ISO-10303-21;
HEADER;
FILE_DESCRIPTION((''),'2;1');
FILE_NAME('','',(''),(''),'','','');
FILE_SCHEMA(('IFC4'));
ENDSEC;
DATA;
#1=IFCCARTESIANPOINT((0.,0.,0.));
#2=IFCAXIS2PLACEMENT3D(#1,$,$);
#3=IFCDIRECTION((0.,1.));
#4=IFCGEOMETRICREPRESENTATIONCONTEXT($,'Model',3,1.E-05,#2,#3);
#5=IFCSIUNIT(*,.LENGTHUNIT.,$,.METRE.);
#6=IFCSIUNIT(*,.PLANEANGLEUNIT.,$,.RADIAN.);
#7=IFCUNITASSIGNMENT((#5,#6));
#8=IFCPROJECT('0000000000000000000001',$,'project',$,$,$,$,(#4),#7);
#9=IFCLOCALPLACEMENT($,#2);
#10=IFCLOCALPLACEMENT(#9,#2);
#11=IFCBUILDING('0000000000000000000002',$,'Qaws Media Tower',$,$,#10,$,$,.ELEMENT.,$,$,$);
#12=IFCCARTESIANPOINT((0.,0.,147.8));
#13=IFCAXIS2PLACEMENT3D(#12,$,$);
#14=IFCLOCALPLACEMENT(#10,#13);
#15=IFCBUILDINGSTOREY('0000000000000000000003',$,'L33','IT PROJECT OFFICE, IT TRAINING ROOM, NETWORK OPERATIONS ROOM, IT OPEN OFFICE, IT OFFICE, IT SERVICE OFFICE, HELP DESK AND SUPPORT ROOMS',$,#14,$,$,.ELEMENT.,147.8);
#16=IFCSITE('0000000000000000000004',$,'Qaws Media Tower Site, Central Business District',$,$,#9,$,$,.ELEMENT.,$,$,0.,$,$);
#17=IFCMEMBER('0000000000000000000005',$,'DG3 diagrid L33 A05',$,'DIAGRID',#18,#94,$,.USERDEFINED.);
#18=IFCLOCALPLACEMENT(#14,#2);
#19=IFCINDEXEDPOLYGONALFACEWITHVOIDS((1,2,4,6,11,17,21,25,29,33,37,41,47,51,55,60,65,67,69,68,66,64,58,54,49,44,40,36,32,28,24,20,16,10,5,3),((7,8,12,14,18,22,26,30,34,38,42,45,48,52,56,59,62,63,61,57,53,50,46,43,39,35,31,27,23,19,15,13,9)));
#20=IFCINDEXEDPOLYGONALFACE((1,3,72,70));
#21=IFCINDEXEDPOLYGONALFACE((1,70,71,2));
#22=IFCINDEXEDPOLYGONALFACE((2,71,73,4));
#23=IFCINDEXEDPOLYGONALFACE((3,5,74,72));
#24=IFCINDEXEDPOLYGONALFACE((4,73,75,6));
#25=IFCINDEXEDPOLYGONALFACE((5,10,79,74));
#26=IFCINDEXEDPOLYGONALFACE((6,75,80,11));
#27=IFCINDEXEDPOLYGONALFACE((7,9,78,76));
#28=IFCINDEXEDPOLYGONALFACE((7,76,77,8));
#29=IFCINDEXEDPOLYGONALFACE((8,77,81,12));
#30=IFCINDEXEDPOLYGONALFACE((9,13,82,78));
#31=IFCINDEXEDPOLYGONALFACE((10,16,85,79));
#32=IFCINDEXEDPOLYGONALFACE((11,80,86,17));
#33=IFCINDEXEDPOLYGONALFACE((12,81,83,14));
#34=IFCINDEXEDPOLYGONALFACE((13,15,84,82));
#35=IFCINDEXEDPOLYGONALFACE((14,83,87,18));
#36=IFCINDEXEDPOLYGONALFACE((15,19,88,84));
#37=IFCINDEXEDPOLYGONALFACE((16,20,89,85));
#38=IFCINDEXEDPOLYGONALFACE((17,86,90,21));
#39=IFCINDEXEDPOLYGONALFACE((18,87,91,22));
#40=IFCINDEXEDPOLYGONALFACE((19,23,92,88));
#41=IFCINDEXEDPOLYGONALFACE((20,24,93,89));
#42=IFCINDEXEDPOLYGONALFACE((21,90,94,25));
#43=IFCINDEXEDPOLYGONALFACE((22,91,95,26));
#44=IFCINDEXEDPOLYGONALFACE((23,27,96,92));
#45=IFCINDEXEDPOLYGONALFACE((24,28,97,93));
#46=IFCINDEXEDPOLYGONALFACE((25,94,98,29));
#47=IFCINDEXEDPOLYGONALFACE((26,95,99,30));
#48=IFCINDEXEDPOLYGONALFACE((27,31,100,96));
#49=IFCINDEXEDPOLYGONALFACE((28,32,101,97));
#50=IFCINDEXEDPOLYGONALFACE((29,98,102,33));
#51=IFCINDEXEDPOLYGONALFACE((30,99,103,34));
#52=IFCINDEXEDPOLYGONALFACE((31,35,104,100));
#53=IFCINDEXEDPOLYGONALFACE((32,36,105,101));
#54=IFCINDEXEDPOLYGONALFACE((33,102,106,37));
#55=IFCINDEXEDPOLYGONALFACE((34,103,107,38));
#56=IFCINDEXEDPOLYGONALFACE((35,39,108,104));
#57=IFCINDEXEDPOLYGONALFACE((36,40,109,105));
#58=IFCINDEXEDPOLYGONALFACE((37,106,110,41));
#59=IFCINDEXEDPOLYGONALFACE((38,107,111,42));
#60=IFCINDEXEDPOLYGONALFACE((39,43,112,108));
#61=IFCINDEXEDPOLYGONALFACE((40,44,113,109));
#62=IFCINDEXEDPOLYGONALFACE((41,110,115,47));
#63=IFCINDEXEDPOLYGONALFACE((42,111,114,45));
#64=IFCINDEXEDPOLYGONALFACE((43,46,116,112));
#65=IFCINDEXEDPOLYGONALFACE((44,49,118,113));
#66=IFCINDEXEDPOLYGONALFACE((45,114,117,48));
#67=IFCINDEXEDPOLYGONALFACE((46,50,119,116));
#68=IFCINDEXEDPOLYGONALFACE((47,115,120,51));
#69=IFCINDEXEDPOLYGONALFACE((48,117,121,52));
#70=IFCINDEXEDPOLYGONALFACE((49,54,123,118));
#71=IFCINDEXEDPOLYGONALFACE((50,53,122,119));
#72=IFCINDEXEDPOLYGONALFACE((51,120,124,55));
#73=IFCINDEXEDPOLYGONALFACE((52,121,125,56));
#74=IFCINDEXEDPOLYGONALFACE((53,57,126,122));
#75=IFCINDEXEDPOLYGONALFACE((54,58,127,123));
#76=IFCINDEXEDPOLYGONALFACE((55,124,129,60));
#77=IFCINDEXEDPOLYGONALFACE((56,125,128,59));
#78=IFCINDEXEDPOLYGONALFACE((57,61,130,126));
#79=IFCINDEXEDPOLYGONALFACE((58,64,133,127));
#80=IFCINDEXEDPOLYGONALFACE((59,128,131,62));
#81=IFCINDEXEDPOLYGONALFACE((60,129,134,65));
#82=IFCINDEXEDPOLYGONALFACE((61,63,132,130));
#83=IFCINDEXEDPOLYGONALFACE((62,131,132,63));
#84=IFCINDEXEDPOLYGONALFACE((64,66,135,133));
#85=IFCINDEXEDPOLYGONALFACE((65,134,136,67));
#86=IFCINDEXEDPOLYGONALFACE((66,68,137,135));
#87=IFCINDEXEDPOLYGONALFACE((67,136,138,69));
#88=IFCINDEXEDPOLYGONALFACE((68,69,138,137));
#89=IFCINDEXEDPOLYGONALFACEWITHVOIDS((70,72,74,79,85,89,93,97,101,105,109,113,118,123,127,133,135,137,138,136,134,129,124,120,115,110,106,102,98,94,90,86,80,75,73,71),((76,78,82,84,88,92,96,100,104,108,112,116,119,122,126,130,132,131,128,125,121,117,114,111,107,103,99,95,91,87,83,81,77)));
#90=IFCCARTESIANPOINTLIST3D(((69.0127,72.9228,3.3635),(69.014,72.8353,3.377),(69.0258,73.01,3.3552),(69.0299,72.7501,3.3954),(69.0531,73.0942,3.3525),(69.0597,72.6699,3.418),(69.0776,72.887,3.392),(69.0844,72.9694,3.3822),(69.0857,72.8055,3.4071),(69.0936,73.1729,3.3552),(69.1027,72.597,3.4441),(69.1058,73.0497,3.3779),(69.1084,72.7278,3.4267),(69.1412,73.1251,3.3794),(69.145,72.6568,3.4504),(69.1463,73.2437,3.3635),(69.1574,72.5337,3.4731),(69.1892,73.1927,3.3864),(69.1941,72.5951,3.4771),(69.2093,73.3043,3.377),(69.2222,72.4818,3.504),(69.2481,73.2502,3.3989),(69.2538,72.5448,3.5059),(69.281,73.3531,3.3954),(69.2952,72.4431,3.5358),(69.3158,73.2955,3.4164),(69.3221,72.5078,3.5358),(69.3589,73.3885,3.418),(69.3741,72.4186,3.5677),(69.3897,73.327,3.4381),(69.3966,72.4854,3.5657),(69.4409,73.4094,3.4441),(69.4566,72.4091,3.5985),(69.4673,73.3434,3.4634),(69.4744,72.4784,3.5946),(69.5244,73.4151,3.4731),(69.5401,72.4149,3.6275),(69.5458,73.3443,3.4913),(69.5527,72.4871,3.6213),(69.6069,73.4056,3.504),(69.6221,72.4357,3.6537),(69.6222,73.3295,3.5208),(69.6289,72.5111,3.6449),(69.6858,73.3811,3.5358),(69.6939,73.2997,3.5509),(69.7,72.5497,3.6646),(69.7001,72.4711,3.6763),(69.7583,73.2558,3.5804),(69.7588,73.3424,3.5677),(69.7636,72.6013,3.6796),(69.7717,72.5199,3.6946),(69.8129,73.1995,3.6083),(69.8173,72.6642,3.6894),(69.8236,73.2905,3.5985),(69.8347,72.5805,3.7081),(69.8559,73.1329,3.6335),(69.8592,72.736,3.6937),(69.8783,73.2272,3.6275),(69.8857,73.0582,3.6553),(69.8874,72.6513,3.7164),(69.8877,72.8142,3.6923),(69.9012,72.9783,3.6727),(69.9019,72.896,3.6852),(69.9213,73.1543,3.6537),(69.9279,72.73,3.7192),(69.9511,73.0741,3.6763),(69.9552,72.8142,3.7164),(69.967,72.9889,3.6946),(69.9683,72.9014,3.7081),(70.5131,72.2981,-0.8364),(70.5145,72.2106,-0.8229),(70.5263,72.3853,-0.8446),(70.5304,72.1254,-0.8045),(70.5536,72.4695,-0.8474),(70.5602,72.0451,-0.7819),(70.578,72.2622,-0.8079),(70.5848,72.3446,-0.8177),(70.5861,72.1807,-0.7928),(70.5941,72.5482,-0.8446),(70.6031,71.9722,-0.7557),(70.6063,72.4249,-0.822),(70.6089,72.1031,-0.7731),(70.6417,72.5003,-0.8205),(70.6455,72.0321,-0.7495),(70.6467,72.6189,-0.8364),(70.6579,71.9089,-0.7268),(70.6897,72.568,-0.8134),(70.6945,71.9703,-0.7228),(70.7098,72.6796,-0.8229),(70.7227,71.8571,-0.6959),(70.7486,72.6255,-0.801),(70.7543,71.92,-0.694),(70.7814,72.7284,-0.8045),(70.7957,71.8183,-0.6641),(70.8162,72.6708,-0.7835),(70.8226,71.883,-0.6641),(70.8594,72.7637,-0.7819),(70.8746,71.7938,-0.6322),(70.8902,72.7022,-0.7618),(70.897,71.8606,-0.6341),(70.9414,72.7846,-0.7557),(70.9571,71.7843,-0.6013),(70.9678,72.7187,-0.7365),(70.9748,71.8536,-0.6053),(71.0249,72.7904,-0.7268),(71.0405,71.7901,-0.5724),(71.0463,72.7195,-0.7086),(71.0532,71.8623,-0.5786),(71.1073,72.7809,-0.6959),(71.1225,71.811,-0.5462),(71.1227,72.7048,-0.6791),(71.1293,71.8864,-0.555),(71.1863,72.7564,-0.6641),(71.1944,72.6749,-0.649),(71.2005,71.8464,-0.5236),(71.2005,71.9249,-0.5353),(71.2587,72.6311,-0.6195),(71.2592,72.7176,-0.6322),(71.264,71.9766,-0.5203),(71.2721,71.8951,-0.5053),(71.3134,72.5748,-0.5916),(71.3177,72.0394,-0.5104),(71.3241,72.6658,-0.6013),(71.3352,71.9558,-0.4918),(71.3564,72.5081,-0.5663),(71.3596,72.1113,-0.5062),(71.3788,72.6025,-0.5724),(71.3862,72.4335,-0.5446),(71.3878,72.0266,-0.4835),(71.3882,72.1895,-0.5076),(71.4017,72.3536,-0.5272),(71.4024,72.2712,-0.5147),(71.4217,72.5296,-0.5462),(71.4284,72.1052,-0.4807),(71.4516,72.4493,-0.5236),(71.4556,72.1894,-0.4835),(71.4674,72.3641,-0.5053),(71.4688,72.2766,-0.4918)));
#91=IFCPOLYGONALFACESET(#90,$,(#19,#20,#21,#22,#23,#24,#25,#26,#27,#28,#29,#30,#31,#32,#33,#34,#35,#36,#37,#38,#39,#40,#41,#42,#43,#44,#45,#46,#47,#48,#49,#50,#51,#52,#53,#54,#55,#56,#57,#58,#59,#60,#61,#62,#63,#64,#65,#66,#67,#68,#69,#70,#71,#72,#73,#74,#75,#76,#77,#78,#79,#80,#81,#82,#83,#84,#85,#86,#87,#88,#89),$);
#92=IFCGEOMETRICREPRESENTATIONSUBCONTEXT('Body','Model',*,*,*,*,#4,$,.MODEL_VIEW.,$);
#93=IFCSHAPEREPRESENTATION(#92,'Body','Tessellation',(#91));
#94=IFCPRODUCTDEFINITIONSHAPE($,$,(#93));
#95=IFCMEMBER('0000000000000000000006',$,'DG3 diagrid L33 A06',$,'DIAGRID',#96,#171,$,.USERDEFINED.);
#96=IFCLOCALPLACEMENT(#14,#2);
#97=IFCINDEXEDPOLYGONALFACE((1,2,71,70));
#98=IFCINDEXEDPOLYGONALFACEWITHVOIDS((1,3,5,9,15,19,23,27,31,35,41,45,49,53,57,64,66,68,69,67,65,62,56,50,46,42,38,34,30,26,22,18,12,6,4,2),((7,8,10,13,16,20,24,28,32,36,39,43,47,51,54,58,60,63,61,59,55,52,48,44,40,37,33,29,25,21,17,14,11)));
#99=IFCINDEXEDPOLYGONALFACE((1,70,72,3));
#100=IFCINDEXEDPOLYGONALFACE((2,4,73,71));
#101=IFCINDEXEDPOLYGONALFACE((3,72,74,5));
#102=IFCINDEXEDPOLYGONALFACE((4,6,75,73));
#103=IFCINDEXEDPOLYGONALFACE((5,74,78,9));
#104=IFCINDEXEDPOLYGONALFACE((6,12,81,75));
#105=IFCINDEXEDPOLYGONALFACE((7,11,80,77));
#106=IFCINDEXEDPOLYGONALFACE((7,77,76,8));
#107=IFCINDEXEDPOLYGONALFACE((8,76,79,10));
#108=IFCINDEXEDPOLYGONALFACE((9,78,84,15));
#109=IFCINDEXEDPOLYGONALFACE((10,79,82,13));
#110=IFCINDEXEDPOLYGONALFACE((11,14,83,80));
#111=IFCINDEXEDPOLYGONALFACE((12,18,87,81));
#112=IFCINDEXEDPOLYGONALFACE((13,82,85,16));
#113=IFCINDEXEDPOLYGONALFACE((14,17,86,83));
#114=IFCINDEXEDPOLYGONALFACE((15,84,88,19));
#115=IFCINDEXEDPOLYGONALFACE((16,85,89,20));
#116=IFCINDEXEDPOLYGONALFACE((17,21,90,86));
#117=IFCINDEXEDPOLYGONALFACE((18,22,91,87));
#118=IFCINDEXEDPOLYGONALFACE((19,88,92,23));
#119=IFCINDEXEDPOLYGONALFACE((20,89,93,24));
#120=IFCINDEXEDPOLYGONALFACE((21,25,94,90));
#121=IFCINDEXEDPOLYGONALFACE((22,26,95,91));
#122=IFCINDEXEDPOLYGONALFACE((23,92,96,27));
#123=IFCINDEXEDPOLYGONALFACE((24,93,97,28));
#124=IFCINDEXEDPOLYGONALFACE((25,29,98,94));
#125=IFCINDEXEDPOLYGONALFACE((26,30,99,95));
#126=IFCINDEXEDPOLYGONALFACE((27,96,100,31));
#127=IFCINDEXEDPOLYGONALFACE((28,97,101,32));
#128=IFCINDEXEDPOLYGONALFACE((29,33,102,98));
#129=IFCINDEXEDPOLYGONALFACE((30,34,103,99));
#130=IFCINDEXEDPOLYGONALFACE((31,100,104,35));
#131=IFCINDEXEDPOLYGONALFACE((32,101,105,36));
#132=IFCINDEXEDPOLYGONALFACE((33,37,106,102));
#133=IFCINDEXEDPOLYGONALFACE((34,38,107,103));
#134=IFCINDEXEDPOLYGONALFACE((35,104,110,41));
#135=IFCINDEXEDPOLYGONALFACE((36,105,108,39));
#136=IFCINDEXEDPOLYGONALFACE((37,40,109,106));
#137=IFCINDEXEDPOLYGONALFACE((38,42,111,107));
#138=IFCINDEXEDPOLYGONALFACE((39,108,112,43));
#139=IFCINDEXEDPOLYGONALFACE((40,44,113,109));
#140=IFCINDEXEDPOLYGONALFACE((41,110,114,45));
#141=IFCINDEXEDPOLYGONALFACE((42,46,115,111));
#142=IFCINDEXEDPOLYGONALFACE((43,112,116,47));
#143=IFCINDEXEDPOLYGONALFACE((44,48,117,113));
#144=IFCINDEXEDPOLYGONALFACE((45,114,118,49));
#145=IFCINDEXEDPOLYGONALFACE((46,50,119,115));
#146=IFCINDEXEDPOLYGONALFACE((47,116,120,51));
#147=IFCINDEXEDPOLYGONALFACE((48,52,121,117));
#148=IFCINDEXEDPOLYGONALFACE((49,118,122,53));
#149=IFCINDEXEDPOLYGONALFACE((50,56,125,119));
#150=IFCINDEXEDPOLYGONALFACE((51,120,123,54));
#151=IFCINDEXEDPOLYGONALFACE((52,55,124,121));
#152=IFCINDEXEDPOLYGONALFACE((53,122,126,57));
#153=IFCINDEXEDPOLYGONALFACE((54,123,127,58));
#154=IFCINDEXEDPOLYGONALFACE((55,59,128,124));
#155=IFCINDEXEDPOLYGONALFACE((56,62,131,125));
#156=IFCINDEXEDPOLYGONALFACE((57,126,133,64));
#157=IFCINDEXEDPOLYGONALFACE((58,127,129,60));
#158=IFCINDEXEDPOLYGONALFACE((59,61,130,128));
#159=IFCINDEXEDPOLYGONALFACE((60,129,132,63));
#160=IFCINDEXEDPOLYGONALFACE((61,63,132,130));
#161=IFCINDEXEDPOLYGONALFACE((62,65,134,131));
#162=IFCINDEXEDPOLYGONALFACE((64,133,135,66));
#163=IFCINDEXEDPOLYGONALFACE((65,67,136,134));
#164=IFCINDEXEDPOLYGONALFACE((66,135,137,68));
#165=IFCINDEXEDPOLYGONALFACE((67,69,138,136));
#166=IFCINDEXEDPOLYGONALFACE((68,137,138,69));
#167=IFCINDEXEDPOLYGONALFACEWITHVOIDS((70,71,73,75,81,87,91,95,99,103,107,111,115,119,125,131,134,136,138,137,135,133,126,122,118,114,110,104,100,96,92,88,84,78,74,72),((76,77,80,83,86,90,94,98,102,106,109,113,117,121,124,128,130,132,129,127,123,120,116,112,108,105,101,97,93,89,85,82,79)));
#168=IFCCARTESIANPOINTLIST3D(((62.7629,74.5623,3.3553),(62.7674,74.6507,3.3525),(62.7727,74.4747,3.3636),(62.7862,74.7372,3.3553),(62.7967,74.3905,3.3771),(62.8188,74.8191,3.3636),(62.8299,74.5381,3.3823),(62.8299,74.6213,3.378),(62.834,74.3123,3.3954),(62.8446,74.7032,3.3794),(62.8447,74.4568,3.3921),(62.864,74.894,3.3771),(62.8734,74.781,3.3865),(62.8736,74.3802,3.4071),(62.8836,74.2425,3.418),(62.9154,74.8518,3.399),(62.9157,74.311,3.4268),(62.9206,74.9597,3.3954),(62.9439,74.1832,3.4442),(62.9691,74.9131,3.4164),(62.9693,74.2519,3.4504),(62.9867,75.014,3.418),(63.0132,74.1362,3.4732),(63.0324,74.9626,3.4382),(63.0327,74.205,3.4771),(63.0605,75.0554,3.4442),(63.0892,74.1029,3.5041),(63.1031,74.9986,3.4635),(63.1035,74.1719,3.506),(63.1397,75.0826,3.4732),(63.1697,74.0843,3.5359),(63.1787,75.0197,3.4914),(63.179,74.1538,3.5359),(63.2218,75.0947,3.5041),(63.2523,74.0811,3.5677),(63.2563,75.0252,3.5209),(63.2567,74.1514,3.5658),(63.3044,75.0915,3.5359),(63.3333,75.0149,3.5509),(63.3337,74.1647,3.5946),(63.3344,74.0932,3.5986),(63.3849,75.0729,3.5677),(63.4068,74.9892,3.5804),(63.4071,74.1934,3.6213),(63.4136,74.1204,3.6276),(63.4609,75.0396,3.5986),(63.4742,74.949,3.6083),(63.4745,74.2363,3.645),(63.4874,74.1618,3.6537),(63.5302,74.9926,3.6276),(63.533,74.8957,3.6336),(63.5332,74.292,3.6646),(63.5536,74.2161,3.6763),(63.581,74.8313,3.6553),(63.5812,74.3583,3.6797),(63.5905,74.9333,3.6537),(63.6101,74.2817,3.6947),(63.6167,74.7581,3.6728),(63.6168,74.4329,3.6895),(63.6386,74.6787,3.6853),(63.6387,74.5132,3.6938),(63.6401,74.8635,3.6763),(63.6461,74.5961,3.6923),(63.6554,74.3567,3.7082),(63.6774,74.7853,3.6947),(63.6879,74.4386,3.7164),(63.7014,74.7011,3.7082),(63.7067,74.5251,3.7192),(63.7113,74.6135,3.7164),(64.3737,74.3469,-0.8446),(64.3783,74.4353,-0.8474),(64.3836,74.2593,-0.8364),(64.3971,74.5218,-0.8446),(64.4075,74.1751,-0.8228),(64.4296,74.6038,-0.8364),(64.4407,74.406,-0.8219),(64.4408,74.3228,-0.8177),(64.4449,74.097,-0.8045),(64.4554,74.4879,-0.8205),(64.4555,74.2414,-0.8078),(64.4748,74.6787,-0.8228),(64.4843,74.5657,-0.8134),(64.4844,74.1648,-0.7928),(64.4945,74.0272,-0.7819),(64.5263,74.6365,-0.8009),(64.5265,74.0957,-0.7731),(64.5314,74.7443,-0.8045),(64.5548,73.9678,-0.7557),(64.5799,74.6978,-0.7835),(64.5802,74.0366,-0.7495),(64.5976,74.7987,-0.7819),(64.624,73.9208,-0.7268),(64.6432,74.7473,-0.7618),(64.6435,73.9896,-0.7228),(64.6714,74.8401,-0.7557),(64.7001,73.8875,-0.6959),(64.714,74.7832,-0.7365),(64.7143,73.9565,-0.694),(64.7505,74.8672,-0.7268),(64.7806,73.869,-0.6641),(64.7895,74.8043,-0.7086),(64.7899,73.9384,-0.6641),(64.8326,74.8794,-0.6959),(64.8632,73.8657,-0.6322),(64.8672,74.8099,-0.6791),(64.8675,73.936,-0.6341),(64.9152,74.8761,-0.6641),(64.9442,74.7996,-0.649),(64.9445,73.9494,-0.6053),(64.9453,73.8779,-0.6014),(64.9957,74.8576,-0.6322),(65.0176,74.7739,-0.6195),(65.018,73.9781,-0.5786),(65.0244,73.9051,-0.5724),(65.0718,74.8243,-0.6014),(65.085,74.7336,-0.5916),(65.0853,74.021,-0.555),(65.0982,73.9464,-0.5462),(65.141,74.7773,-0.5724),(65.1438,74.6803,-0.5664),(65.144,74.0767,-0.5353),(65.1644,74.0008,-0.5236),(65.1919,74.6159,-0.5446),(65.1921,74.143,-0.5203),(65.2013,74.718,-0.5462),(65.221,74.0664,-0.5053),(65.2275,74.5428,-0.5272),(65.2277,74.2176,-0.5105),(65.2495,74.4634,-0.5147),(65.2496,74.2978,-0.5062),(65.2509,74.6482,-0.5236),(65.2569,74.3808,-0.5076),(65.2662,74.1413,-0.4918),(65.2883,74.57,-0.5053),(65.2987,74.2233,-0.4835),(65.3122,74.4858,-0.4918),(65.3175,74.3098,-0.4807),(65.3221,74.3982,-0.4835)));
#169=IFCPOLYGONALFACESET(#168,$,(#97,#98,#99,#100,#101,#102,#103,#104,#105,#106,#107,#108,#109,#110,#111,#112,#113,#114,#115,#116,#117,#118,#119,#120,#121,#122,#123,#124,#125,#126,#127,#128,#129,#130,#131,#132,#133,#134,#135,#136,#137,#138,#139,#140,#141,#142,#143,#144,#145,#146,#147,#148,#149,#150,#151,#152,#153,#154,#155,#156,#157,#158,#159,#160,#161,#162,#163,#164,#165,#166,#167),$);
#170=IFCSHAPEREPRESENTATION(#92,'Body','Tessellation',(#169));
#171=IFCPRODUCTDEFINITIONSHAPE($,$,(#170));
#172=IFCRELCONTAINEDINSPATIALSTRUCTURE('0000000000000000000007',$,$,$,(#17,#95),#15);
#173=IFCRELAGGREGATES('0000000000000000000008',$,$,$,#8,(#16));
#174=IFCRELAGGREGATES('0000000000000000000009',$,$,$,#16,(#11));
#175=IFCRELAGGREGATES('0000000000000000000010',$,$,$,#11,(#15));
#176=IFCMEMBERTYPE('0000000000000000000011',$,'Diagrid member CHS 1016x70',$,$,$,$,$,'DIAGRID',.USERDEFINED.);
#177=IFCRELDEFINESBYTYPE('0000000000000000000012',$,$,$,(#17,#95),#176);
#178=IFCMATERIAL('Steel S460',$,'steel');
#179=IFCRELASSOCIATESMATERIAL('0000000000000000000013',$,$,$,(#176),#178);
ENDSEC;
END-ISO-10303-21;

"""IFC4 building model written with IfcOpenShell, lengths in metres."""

from ifc_helpers import new_model, si_unit, direction, frame, origin, origin_2d, place, context, subcontext, project, spatial, hollow_circle, extrude, material, material_profile, profile_set, type_object, element, save


model = new_model("IFC4")

# Units and contexts
model_context = context("Model", 3, precision=1e-05, world=origin(), true_north=direction((0.0, 1.0)))
body_context = subcontext(model_context, "Body", "Model", "MODEL_VIEW")
ifc_project = project(units=[si_unit("LENGTHUNIT", "METRE"), si_unit("PLANEANGLEUNIT", "RADIAN")], contexts=[model_context])

# Site, building, storey
site_placement = place(None, origin())
site = spatial("IfcSite", under=ifc_project, at=site_placement, Name="Qaws Media Tower Site, Central Business District", CompositionType="ELEMENT", RefElevation=0.0)
building_placement = place(site_placement, origin())
building = spatial("IfcBuilding", under=site, at=building_placement, Name="Qaws Media Tower", CompositionType="ELEMENT")
storey_placement = place(building_placement, frame((0.0, 0.0, 147.8)))
storey = spatial("IfcBuildingStorey", under=building, at=storey_placement, Name="L33", Description="IT PROJECT OFFICE, IT TRAINING ROOM, NETWORK OPERATIONS ROOM, IT OPEN OFFICE, IT OFFICE, IT SERVICE OFFICE, HELP DESK AND SUPPORT ROOMS", CompositionType="ELEMENT", Elevation=147.8)

# Members
ifc_material_1 = material(Name="Steel S460", Category="steel")
ifc_material_profile_1 = material_profile(ifc_material_1, hollow_circle(Radius=0.5081, WallThickness=0.0701, at=origin_2d()), Name="CHS 1016x70")
ifc_profile_set_1 = profile_set([ifc_material_profile_1], Name="Steel S460")
member_type_1 = type_object("IfcMemberType", Name="Diagrid member CHS 1016x70", ElementType="DIAGRID", PredefinedType="USERDEFINED", material=ifc_profile_set_1)
for number, where, z_axis, x_axis, name in (
    (1, (70.991, 72.2874, -0.6641), (-0.333184, 0.138727, 0.9326), (-0.384381, -0.923175, 0.0), "DG3 diagrid L33 A05"),
    (2, (64.8479, 74.3726, -0.6641), (-0.357693, 0.047815, 0.932614), (-0.132498, -0.991183, 0.0), "DG3 diagrid L33 A06"),
):
    element("IfcMember", number, at=place(storey_placement, frame(where, z_axis=z_axis, x_axis=x_axis)), inside=storey, type_object=member_type_1, Name=name, ObjectType="DIAGRID", PredefinedType="USERDEFINED", context=body_context, shape_type="SweptSolid", body=[
        extrude(hollow_circle(Radius=0.5081, WallThickness=0.0701, at=origin_2d()), origin(), (0.0, 0.0, 1.0), 4.5034),
    ])

save(model, "model.ifc")
